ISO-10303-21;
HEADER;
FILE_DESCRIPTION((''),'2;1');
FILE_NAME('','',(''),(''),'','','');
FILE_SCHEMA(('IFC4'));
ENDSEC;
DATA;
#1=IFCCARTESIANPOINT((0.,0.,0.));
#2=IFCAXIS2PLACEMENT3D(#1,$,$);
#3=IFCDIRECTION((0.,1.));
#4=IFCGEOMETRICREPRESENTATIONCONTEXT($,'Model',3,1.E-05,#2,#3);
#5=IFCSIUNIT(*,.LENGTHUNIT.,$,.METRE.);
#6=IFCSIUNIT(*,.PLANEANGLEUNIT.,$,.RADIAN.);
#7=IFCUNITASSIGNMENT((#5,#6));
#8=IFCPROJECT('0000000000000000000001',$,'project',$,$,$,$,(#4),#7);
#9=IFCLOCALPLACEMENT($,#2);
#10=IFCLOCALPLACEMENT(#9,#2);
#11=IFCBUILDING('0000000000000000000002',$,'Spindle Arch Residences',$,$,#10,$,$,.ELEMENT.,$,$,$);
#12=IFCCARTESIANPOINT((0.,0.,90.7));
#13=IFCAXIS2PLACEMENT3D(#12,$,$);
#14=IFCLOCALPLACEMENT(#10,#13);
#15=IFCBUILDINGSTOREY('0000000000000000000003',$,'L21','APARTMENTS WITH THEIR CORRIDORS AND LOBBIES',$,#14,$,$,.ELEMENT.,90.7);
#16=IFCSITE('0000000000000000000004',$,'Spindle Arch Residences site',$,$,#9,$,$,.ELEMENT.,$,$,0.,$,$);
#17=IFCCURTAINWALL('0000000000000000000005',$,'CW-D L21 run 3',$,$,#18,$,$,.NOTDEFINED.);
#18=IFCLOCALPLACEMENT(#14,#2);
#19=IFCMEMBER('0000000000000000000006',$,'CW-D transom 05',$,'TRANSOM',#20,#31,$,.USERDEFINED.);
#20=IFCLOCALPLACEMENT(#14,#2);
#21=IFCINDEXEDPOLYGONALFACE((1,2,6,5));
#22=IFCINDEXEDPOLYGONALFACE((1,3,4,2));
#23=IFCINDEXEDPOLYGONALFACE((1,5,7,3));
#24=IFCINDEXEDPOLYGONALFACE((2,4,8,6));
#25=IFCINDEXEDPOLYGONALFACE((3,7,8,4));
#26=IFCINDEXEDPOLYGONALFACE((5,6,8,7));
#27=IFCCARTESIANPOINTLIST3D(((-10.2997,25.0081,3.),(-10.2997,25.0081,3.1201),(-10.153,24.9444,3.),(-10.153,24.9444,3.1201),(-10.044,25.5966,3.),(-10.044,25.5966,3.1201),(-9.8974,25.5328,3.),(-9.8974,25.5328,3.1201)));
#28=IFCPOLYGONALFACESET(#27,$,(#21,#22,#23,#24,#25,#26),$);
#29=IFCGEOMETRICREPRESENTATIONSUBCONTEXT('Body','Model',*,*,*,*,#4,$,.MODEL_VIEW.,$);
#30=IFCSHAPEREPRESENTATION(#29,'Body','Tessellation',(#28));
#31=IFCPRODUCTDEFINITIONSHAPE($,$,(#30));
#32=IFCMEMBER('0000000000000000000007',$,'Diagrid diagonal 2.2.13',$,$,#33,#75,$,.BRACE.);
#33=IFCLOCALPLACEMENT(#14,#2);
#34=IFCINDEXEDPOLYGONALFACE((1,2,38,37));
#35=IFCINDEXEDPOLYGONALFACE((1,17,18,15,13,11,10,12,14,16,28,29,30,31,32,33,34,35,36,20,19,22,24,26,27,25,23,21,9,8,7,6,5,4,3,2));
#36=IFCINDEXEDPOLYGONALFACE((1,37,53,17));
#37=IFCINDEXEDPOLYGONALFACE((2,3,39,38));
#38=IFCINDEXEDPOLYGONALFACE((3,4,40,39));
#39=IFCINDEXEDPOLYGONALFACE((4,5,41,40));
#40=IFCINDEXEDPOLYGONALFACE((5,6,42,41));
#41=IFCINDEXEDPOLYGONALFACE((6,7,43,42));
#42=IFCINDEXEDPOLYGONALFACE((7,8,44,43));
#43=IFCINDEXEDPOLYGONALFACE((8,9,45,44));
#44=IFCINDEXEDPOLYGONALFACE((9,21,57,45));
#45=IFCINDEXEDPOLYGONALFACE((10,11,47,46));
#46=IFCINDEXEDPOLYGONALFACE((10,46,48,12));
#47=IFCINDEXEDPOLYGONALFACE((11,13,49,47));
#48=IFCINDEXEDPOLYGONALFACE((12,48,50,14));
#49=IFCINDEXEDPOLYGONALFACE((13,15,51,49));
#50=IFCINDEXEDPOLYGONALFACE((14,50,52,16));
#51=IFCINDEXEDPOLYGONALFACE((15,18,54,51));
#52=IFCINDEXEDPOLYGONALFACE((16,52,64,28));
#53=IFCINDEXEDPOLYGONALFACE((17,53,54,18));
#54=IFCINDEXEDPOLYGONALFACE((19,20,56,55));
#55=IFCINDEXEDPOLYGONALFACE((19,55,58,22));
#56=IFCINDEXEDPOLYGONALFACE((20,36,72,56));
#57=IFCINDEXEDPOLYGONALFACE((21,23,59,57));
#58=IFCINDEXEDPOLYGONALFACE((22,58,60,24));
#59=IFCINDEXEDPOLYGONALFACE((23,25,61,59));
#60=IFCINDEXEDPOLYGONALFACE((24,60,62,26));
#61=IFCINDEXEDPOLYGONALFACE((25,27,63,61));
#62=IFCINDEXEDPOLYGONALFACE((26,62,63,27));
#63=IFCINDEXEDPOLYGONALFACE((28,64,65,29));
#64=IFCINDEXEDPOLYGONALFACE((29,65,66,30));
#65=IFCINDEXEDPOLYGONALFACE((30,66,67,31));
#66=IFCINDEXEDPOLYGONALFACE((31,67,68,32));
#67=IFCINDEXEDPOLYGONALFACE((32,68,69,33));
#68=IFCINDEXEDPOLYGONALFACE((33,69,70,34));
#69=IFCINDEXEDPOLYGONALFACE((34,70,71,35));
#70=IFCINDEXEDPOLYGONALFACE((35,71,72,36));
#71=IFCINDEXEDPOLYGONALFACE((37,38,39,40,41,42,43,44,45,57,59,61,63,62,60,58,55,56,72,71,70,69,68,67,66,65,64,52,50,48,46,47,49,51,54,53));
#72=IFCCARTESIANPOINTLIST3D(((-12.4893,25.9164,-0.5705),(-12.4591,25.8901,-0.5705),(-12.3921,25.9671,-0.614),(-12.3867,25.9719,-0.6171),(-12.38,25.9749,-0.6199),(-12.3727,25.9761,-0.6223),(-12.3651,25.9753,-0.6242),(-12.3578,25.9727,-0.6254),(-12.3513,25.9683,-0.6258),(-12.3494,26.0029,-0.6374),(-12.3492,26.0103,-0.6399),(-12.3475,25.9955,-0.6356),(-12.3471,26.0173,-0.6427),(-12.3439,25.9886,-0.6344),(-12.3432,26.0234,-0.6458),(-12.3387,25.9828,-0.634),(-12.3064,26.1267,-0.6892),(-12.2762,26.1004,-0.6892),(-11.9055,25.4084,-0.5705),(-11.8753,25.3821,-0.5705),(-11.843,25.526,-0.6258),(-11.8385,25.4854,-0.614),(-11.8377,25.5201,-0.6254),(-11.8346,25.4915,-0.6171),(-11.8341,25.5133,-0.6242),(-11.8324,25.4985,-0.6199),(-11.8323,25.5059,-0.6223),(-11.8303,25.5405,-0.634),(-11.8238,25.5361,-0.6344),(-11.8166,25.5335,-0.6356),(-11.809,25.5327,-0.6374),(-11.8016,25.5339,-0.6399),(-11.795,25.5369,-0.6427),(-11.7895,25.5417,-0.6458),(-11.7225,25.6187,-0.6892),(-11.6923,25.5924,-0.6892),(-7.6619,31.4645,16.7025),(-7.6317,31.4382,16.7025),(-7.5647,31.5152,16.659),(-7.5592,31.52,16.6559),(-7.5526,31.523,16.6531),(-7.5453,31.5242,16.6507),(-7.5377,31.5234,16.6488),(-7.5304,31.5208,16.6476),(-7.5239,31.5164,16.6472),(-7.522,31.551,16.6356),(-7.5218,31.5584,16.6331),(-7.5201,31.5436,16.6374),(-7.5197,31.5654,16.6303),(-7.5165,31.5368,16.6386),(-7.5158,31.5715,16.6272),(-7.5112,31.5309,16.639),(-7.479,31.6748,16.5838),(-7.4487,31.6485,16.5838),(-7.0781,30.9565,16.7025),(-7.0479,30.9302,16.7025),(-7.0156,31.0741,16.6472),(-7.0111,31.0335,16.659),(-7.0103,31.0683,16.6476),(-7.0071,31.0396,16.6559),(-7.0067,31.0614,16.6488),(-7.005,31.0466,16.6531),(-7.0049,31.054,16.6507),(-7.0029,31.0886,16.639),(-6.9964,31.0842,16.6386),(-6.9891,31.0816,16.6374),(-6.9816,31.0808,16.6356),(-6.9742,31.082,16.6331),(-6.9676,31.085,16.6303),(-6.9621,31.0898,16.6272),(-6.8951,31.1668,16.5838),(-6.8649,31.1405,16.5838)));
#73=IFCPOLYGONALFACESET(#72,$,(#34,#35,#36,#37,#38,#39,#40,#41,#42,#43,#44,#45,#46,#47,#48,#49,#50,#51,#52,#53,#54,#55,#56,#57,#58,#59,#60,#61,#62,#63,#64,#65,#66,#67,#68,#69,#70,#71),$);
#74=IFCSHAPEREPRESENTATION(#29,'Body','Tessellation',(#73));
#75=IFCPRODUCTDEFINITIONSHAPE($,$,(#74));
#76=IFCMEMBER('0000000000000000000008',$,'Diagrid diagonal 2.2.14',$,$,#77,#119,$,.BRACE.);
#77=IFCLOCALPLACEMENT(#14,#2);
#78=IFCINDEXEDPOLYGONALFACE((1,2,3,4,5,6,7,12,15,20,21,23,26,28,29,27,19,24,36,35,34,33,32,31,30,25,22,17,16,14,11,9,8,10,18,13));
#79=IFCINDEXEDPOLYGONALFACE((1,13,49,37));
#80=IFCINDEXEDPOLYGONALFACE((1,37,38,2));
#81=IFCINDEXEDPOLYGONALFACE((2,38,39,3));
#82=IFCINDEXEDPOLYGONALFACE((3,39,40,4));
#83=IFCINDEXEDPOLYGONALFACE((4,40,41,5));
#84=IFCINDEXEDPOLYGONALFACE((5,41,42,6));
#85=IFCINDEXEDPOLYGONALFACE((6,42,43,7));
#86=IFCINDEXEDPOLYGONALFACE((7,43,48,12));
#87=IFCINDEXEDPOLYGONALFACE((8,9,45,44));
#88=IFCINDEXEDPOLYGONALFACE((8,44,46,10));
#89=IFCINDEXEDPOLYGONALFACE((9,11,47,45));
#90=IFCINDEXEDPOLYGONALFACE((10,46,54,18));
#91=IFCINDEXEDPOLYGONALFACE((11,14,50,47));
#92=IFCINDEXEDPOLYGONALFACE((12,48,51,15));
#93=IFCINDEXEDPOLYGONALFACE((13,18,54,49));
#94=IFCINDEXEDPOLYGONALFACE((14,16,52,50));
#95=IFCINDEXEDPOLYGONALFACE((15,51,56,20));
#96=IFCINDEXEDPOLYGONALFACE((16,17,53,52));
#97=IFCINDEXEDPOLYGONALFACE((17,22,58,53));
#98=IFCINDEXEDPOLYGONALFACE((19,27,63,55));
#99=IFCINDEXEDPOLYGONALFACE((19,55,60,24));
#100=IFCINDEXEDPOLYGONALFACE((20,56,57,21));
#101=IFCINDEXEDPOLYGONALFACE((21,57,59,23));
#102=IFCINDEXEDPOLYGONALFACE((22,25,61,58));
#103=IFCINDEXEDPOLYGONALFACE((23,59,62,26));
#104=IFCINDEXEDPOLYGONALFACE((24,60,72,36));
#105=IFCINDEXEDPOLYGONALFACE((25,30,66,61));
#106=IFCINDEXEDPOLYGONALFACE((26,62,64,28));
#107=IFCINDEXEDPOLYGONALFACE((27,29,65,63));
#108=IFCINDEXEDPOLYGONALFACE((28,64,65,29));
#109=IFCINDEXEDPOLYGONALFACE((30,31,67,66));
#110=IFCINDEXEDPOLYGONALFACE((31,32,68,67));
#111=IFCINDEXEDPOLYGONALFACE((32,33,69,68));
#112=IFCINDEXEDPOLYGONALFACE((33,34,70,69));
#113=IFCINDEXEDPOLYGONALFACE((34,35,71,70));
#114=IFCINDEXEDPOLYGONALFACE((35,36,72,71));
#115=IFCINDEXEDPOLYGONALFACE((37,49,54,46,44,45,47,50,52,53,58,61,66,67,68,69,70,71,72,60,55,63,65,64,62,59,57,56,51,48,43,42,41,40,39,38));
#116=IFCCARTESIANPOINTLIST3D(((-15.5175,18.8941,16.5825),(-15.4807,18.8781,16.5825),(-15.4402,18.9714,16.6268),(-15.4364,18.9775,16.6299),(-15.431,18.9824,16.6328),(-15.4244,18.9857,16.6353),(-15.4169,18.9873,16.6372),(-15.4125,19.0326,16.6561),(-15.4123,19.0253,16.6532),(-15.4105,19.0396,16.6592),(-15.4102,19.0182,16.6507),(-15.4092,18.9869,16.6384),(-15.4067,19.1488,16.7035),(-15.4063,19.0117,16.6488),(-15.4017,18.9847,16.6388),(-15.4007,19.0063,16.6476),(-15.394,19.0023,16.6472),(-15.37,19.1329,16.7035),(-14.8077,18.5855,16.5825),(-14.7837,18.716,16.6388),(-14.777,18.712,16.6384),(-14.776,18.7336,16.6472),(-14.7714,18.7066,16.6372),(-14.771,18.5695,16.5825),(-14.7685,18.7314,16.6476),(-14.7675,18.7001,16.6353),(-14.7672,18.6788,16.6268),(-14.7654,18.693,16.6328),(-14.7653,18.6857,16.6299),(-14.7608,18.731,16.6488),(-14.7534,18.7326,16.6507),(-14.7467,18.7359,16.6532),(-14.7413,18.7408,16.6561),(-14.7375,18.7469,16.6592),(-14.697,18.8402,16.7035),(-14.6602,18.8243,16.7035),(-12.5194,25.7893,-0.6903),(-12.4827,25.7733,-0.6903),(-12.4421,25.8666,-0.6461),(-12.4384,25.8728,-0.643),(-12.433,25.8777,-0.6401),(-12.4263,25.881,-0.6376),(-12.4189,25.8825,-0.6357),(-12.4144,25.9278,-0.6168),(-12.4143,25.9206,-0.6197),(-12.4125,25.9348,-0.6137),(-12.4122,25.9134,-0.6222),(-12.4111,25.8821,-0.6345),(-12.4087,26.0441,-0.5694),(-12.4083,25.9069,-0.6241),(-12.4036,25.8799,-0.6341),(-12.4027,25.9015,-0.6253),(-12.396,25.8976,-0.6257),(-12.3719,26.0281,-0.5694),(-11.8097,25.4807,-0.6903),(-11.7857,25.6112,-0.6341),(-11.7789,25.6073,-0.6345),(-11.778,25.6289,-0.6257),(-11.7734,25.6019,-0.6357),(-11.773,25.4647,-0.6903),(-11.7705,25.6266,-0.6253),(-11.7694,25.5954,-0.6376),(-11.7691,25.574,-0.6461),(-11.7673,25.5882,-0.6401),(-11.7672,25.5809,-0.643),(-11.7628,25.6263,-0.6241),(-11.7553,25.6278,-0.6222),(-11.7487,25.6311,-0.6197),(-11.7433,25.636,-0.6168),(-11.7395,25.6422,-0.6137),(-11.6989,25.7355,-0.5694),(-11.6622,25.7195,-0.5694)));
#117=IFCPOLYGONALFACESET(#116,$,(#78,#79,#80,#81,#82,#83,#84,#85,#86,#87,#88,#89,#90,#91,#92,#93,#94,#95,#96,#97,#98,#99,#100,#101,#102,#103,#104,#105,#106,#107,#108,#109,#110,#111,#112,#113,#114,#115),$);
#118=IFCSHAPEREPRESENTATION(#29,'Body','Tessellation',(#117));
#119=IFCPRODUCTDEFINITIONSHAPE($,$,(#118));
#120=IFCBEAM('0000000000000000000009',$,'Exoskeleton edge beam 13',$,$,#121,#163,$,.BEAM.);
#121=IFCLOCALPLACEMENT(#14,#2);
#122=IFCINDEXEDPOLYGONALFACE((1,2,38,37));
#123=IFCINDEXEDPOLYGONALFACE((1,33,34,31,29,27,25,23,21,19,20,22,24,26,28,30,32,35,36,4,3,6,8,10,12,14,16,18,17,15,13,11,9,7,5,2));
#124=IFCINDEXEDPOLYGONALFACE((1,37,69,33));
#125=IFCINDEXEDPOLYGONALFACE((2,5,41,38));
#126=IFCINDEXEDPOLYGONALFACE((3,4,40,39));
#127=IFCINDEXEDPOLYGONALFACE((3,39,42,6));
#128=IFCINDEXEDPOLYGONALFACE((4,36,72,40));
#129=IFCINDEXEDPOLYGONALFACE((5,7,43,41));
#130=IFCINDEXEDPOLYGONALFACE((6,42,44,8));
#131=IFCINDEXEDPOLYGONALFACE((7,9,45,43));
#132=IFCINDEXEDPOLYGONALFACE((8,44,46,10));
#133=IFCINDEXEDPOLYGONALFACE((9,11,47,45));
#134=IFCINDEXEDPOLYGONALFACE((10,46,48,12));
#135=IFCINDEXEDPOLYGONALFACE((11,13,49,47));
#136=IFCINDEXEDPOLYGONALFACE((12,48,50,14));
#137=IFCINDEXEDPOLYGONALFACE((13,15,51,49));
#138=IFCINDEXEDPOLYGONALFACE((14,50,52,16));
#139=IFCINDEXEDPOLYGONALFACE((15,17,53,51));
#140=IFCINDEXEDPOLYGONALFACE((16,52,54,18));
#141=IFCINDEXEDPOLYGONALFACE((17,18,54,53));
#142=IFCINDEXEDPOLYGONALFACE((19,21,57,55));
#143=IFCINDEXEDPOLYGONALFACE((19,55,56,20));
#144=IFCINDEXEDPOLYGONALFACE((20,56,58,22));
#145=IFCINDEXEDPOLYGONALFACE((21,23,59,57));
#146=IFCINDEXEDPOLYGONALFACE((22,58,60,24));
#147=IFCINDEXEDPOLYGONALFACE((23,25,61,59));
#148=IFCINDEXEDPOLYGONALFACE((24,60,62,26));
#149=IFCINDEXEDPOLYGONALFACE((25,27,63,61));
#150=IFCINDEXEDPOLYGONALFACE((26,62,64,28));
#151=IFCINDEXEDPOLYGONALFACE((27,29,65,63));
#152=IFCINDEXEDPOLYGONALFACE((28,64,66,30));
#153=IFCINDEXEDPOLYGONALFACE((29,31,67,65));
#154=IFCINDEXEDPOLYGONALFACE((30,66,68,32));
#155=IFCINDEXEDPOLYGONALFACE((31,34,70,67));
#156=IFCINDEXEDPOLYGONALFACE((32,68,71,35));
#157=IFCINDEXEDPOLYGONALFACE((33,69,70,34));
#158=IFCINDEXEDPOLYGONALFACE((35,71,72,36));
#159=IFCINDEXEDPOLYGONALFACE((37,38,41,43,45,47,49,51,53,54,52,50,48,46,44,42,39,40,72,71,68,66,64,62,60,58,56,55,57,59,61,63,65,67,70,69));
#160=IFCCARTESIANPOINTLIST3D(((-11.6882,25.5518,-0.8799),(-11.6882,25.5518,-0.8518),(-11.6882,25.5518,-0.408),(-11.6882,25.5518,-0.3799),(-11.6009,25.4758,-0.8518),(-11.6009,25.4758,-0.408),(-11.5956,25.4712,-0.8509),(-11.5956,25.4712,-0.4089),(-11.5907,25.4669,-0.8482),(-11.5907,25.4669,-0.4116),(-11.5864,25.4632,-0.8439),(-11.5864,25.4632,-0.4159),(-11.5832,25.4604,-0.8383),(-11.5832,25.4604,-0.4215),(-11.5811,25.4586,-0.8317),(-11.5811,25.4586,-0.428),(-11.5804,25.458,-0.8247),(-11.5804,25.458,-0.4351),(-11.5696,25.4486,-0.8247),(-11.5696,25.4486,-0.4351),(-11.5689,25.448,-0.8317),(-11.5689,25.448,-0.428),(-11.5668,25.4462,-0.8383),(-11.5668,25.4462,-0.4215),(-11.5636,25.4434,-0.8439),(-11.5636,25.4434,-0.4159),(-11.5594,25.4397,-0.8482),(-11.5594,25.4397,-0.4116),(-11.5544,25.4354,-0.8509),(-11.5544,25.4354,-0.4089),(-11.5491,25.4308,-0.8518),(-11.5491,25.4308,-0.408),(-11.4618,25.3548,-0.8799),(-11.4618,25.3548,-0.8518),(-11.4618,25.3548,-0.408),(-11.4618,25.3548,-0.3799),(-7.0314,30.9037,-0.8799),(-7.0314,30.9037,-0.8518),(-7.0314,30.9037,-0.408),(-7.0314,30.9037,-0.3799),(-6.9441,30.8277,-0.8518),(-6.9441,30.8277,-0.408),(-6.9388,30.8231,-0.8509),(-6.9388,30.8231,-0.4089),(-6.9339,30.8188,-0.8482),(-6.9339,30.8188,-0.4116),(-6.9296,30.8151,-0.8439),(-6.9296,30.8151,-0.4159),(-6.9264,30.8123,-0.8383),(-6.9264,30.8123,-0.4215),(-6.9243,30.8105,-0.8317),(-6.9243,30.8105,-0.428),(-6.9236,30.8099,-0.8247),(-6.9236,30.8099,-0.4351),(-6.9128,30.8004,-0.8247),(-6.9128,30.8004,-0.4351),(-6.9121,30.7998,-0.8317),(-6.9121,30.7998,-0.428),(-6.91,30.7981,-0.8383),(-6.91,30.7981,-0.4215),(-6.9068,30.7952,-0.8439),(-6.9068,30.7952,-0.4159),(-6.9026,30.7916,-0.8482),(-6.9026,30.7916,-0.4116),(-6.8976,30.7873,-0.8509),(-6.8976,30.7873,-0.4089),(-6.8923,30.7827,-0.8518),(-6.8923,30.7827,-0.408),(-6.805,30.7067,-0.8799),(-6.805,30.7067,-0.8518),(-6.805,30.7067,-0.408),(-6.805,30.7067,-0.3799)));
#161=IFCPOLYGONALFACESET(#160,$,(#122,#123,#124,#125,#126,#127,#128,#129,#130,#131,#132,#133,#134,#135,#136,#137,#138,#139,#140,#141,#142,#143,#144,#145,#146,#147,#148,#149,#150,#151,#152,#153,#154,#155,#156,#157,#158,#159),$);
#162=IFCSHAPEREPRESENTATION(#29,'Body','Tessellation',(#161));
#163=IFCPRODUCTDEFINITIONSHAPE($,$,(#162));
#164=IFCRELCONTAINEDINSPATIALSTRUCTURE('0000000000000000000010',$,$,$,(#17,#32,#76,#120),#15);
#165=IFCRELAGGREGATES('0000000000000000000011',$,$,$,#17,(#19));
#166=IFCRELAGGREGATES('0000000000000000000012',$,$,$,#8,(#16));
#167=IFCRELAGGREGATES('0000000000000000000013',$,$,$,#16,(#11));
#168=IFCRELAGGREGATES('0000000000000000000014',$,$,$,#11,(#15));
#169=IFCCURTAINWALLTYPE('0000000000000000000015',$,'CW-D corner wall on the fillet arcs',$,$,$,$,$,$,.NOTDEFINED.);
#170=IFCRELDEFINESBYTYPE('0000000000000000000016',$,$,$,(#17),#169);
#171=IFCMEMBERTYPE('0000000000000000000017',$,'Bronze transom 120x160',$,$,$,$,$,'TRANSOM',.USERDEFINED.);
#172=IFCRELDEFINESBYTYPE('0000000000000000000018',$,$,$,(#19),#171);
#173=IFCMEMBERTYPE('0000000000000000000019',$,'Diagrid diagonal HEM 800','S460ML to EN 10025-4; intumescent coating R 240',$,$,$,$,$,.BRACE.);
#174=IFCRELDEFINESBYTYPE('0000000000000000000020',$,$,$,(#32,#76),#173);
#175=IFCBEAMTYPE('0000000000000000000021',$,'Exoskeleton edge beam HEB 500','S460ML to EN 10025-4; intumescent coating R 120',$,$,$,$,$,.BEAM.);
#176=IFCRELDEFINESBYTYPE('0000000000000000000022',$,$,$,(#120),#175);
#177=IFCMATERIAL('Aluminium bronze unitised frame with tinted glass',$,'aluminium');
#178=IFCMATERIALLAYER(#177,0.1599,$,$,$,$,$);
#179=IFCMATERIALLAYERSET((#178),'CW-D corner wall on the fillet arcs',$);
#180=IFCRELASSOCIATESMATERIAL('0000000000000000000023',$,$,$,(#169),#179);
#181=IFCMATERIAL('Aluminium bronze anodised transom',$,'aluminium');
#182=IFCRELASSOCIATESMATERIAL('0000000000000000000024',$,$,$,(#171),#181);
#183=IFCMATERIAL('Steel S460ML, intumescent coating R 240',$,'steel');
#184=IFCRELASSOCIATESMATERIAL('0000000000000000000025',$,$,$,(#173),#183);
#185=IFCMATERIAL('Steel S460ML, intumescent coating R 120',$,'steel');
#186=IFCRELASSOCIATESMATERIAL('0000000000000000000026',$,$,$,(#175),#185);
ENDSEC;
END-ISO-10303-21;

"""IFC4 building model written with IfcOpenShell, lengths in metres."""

from ifc_helpers import new_model, si_unit, direction, frame, origin, origin_2d, place, context, subcontext, project, spatial, rectangle, i_section, extrude, material, layer, layer_set, material_profile, profile_set, type_object, element, aggregate, save


model = new_model("IFC4")

# Units and contexts
model_context = context("Model", 3, precision=1e-05, world=origin(), true_north=direction((0.0, 1.0)))
body_context = subcontext(model_context, "Body", "Model", "MODEL_VIEW")
ifc_project = project(units=[si_unit("LENGTHUNIT", "METRE"), si_unit("PLANEANGLEUNIT", "RADIAN")], contexts=[model_context])

# Site, building, storey
site_placement = place(None, origin())
site = spatial("IfcSite", under=ifc_project, at=site_placement, Name="Spindle Arch Residences site", CompositionType="ELEMENT", RefElevation=0.0)
building_placement = place(site_placement, origin())
building = spatial("IfcBuilding", under=site, at=building_placement, Name="Spindle Arch Residences", CompositionType="ELEMENT")
storey_placement = place(building_placement, frame((0.0, 0.0, 90.7)))
storey = spatial("IfcBuildingStorey", under=building, at=storey_placement, Name="L21", Description="APARTMENTS WITH THEIR CORRIDORS AND LOBBIES", CompositionType="ELEMENT", Elevation=90.7)

# Curtain wall, member
ifc_material_1 = material(Name="Aluminium bronze unitised frame with tinted glass", Category="aluminium")
ifc_layer_1 = layer(ifc_material_1, 0.1599)
ifc_layer_set_1 = layer_set([ifc_layer_1], Name="CW-D corner wall on the fillet arcs")
curtain_wall_type = type_object("IfcCurtainWallType", Name="CW-D corner wall on the fillet arcs", PredefinedType="NOTDEFINED", material=ifc_layer_set_1)
curtain_wall_placement = place(storey_placement, origin())
curtain_wall = element("IfcCurtainWall", 1, at=curtain_wall_placement, inside=storey, type_object=curtain_wall_type, Name="CW-D L21 run 3", PredefinedType="NOTDEFINED")
ifc_material_2 = material(Name="Aluminium bronze anodised transom", Category="aluminium")
ifc_material_profile_1 = material_profile(ifc_material_2, rectangle(XDim=0.1599, YDim=0.1201, at=origin_2d()), Name="TR 120x160")
ifc_profile_set_1 = profile_set([ifc_material_profile_1], Name="Aluminium bronze anodised transom")
member_type_1 = type_object("IfcMemberType", Name="Bronze transom 120x160", ElementType="TRANSOM", PredefinedType="USERDEFINED", material=ifc_profile_set_1)
member_1_placement = place(storey_placement, frame((-9.9707, 25.5647, 3.0601), z_axis=(-0.398462, -0.917185, 0.0), x_axis=(0.917185, -0.398462, 0.0)))
member_1 = element("IfcMember", 2, at=member_1_placement, type_object=member_type_1, Name="CW-D transom 05", ObjectType="TRANSOM", PredefinedType="USERDEFINED", context=body_context, shape_type="SweptSolid", body=[
    extrude(rectangle(XDim=0.1599, YDim=0.1201, at=origin_2d()), origin(), (0.0, 0.0, 1.0), 0.6416),
])

# Members
ifc_material_3 = material(Name="Steel S460ML, intumescent coating R 240", Category="steel")
ifc_material_profile_2 = material_profile(ifc_material_3, i_section(OverallWidth=0.303, OverallDepth=0.814, WebThickness=0.021, FlangeThickness=0.04, FilletRadius=0.03, at=origin_2d()), Name="HEM 800")
ifc_profile_set_2 = profile_set([ifc_material_profile_2], Name="Steel S460ML, intumescent coating R 240")
member_type_2 = type_object("IfcMemberType", Name="Diagrid diagonal HEM 800", Description="S460ML to EN 10025-4; intumescent coating R 240", PredefinedType="BRACE", material=ifc_profile_set_2)
member_2_placement = place(storey_placement, frame((-12.0908, 25.7544, -0.6299), z_axis=(0.25714, 0.29553, 0.920077), x_axis=(-0.603946, -0.694111, 0.391738)))
element("IfcMember", 3, at=member_2_placement, inside=storey, type_object=member_type_2, Name="Diagrid diagonal 2.2.13", PredefinedType="BRACE", context=body_context, shape_type="SweptSolid", body=[
    extrude(i_section(OverallWidth=0.303, OverallDepth=0.814, WebThickness=0.021, FlangeThickness=0.04, FilletRadius=0.03, at=origin_2d()), origin(), (0.0, 0.0, 1.0), 18.7734),
])
member_3_placement = place(storey_placement, frame((-12.0908, 25.7544, -0.6299), z_axis=(-0.159145, -0.36602, 0.916898), x_axis=(0.365602, 0.840855, 0.399122)))
element("IfcMember", 4, at=member_3_placement, inside=storey, type_object=member_type_2, Name="Diagrid diagonal 2.2.14", PredefinedType="BRACE", context=body_context, shape_type="SweptSolid", body=[
    extrude(i_section(OverallWidth=0.303, OverallDepth=0.814, WebThickness=0.021, FlangeThickness=0.04, FilletRadius=0.03, at=origin_2d()), origin(), (0.0, 0.0, 1.0), 18.8384),
])

# Beam
ifc_material_4 = material(Name="Steel S460ML, intumescent coating R 120", Category="steel")
ifc_material_profile_3 = material_profile(ifc_material_4, i_section(OverallWidth=0.3, OverallDepth=0.5, WebThickness=0.0144, FlangeThickness=0.0281, FilletRadius=0.0271, at=origin_2d()), Name="HEB 500")
ifc_profile_set_3 = profile_set([ifc_material_profile_3], Name="Steel S460ML, intumescent coating R 120")
beam_type_1 = type_object("IfcBeamType", Name="Exoskeleton edge beam HEB 500", Description="S460ML to EN 10025-4; intumescent coating R 120", PredefinedType="BEAM", material=ifc_profile_set_3)
beam_1_placement = place(storey_placement, frame((-6.9182, 30.8052, -0.6299), z_axis=(-0.656419, -0.754397, 0.0), x_axis=(0.754397, -0.656419, 0.0)))
element("IfcBeam", 5, at=beam_1_placement, inside=storey, type_object=beam_type_1, Name="Exoskeleton edge beam 13", PredefinedType="BEAM", context=body_context, shape_type="SweptSolid", body=[
    extrude(i_section(OverallWidth=0.3, OverallDepth=0.5, WebThickness=0.0144, FlangeThickness=0.0281, FilletRadius=0.0271, at=origin_2d()), origin(), (0.0, 0.0, 1.0), 7.0942),
])

aggregate(curtain_wall, [member_1])

save(model, "model.ifc")
